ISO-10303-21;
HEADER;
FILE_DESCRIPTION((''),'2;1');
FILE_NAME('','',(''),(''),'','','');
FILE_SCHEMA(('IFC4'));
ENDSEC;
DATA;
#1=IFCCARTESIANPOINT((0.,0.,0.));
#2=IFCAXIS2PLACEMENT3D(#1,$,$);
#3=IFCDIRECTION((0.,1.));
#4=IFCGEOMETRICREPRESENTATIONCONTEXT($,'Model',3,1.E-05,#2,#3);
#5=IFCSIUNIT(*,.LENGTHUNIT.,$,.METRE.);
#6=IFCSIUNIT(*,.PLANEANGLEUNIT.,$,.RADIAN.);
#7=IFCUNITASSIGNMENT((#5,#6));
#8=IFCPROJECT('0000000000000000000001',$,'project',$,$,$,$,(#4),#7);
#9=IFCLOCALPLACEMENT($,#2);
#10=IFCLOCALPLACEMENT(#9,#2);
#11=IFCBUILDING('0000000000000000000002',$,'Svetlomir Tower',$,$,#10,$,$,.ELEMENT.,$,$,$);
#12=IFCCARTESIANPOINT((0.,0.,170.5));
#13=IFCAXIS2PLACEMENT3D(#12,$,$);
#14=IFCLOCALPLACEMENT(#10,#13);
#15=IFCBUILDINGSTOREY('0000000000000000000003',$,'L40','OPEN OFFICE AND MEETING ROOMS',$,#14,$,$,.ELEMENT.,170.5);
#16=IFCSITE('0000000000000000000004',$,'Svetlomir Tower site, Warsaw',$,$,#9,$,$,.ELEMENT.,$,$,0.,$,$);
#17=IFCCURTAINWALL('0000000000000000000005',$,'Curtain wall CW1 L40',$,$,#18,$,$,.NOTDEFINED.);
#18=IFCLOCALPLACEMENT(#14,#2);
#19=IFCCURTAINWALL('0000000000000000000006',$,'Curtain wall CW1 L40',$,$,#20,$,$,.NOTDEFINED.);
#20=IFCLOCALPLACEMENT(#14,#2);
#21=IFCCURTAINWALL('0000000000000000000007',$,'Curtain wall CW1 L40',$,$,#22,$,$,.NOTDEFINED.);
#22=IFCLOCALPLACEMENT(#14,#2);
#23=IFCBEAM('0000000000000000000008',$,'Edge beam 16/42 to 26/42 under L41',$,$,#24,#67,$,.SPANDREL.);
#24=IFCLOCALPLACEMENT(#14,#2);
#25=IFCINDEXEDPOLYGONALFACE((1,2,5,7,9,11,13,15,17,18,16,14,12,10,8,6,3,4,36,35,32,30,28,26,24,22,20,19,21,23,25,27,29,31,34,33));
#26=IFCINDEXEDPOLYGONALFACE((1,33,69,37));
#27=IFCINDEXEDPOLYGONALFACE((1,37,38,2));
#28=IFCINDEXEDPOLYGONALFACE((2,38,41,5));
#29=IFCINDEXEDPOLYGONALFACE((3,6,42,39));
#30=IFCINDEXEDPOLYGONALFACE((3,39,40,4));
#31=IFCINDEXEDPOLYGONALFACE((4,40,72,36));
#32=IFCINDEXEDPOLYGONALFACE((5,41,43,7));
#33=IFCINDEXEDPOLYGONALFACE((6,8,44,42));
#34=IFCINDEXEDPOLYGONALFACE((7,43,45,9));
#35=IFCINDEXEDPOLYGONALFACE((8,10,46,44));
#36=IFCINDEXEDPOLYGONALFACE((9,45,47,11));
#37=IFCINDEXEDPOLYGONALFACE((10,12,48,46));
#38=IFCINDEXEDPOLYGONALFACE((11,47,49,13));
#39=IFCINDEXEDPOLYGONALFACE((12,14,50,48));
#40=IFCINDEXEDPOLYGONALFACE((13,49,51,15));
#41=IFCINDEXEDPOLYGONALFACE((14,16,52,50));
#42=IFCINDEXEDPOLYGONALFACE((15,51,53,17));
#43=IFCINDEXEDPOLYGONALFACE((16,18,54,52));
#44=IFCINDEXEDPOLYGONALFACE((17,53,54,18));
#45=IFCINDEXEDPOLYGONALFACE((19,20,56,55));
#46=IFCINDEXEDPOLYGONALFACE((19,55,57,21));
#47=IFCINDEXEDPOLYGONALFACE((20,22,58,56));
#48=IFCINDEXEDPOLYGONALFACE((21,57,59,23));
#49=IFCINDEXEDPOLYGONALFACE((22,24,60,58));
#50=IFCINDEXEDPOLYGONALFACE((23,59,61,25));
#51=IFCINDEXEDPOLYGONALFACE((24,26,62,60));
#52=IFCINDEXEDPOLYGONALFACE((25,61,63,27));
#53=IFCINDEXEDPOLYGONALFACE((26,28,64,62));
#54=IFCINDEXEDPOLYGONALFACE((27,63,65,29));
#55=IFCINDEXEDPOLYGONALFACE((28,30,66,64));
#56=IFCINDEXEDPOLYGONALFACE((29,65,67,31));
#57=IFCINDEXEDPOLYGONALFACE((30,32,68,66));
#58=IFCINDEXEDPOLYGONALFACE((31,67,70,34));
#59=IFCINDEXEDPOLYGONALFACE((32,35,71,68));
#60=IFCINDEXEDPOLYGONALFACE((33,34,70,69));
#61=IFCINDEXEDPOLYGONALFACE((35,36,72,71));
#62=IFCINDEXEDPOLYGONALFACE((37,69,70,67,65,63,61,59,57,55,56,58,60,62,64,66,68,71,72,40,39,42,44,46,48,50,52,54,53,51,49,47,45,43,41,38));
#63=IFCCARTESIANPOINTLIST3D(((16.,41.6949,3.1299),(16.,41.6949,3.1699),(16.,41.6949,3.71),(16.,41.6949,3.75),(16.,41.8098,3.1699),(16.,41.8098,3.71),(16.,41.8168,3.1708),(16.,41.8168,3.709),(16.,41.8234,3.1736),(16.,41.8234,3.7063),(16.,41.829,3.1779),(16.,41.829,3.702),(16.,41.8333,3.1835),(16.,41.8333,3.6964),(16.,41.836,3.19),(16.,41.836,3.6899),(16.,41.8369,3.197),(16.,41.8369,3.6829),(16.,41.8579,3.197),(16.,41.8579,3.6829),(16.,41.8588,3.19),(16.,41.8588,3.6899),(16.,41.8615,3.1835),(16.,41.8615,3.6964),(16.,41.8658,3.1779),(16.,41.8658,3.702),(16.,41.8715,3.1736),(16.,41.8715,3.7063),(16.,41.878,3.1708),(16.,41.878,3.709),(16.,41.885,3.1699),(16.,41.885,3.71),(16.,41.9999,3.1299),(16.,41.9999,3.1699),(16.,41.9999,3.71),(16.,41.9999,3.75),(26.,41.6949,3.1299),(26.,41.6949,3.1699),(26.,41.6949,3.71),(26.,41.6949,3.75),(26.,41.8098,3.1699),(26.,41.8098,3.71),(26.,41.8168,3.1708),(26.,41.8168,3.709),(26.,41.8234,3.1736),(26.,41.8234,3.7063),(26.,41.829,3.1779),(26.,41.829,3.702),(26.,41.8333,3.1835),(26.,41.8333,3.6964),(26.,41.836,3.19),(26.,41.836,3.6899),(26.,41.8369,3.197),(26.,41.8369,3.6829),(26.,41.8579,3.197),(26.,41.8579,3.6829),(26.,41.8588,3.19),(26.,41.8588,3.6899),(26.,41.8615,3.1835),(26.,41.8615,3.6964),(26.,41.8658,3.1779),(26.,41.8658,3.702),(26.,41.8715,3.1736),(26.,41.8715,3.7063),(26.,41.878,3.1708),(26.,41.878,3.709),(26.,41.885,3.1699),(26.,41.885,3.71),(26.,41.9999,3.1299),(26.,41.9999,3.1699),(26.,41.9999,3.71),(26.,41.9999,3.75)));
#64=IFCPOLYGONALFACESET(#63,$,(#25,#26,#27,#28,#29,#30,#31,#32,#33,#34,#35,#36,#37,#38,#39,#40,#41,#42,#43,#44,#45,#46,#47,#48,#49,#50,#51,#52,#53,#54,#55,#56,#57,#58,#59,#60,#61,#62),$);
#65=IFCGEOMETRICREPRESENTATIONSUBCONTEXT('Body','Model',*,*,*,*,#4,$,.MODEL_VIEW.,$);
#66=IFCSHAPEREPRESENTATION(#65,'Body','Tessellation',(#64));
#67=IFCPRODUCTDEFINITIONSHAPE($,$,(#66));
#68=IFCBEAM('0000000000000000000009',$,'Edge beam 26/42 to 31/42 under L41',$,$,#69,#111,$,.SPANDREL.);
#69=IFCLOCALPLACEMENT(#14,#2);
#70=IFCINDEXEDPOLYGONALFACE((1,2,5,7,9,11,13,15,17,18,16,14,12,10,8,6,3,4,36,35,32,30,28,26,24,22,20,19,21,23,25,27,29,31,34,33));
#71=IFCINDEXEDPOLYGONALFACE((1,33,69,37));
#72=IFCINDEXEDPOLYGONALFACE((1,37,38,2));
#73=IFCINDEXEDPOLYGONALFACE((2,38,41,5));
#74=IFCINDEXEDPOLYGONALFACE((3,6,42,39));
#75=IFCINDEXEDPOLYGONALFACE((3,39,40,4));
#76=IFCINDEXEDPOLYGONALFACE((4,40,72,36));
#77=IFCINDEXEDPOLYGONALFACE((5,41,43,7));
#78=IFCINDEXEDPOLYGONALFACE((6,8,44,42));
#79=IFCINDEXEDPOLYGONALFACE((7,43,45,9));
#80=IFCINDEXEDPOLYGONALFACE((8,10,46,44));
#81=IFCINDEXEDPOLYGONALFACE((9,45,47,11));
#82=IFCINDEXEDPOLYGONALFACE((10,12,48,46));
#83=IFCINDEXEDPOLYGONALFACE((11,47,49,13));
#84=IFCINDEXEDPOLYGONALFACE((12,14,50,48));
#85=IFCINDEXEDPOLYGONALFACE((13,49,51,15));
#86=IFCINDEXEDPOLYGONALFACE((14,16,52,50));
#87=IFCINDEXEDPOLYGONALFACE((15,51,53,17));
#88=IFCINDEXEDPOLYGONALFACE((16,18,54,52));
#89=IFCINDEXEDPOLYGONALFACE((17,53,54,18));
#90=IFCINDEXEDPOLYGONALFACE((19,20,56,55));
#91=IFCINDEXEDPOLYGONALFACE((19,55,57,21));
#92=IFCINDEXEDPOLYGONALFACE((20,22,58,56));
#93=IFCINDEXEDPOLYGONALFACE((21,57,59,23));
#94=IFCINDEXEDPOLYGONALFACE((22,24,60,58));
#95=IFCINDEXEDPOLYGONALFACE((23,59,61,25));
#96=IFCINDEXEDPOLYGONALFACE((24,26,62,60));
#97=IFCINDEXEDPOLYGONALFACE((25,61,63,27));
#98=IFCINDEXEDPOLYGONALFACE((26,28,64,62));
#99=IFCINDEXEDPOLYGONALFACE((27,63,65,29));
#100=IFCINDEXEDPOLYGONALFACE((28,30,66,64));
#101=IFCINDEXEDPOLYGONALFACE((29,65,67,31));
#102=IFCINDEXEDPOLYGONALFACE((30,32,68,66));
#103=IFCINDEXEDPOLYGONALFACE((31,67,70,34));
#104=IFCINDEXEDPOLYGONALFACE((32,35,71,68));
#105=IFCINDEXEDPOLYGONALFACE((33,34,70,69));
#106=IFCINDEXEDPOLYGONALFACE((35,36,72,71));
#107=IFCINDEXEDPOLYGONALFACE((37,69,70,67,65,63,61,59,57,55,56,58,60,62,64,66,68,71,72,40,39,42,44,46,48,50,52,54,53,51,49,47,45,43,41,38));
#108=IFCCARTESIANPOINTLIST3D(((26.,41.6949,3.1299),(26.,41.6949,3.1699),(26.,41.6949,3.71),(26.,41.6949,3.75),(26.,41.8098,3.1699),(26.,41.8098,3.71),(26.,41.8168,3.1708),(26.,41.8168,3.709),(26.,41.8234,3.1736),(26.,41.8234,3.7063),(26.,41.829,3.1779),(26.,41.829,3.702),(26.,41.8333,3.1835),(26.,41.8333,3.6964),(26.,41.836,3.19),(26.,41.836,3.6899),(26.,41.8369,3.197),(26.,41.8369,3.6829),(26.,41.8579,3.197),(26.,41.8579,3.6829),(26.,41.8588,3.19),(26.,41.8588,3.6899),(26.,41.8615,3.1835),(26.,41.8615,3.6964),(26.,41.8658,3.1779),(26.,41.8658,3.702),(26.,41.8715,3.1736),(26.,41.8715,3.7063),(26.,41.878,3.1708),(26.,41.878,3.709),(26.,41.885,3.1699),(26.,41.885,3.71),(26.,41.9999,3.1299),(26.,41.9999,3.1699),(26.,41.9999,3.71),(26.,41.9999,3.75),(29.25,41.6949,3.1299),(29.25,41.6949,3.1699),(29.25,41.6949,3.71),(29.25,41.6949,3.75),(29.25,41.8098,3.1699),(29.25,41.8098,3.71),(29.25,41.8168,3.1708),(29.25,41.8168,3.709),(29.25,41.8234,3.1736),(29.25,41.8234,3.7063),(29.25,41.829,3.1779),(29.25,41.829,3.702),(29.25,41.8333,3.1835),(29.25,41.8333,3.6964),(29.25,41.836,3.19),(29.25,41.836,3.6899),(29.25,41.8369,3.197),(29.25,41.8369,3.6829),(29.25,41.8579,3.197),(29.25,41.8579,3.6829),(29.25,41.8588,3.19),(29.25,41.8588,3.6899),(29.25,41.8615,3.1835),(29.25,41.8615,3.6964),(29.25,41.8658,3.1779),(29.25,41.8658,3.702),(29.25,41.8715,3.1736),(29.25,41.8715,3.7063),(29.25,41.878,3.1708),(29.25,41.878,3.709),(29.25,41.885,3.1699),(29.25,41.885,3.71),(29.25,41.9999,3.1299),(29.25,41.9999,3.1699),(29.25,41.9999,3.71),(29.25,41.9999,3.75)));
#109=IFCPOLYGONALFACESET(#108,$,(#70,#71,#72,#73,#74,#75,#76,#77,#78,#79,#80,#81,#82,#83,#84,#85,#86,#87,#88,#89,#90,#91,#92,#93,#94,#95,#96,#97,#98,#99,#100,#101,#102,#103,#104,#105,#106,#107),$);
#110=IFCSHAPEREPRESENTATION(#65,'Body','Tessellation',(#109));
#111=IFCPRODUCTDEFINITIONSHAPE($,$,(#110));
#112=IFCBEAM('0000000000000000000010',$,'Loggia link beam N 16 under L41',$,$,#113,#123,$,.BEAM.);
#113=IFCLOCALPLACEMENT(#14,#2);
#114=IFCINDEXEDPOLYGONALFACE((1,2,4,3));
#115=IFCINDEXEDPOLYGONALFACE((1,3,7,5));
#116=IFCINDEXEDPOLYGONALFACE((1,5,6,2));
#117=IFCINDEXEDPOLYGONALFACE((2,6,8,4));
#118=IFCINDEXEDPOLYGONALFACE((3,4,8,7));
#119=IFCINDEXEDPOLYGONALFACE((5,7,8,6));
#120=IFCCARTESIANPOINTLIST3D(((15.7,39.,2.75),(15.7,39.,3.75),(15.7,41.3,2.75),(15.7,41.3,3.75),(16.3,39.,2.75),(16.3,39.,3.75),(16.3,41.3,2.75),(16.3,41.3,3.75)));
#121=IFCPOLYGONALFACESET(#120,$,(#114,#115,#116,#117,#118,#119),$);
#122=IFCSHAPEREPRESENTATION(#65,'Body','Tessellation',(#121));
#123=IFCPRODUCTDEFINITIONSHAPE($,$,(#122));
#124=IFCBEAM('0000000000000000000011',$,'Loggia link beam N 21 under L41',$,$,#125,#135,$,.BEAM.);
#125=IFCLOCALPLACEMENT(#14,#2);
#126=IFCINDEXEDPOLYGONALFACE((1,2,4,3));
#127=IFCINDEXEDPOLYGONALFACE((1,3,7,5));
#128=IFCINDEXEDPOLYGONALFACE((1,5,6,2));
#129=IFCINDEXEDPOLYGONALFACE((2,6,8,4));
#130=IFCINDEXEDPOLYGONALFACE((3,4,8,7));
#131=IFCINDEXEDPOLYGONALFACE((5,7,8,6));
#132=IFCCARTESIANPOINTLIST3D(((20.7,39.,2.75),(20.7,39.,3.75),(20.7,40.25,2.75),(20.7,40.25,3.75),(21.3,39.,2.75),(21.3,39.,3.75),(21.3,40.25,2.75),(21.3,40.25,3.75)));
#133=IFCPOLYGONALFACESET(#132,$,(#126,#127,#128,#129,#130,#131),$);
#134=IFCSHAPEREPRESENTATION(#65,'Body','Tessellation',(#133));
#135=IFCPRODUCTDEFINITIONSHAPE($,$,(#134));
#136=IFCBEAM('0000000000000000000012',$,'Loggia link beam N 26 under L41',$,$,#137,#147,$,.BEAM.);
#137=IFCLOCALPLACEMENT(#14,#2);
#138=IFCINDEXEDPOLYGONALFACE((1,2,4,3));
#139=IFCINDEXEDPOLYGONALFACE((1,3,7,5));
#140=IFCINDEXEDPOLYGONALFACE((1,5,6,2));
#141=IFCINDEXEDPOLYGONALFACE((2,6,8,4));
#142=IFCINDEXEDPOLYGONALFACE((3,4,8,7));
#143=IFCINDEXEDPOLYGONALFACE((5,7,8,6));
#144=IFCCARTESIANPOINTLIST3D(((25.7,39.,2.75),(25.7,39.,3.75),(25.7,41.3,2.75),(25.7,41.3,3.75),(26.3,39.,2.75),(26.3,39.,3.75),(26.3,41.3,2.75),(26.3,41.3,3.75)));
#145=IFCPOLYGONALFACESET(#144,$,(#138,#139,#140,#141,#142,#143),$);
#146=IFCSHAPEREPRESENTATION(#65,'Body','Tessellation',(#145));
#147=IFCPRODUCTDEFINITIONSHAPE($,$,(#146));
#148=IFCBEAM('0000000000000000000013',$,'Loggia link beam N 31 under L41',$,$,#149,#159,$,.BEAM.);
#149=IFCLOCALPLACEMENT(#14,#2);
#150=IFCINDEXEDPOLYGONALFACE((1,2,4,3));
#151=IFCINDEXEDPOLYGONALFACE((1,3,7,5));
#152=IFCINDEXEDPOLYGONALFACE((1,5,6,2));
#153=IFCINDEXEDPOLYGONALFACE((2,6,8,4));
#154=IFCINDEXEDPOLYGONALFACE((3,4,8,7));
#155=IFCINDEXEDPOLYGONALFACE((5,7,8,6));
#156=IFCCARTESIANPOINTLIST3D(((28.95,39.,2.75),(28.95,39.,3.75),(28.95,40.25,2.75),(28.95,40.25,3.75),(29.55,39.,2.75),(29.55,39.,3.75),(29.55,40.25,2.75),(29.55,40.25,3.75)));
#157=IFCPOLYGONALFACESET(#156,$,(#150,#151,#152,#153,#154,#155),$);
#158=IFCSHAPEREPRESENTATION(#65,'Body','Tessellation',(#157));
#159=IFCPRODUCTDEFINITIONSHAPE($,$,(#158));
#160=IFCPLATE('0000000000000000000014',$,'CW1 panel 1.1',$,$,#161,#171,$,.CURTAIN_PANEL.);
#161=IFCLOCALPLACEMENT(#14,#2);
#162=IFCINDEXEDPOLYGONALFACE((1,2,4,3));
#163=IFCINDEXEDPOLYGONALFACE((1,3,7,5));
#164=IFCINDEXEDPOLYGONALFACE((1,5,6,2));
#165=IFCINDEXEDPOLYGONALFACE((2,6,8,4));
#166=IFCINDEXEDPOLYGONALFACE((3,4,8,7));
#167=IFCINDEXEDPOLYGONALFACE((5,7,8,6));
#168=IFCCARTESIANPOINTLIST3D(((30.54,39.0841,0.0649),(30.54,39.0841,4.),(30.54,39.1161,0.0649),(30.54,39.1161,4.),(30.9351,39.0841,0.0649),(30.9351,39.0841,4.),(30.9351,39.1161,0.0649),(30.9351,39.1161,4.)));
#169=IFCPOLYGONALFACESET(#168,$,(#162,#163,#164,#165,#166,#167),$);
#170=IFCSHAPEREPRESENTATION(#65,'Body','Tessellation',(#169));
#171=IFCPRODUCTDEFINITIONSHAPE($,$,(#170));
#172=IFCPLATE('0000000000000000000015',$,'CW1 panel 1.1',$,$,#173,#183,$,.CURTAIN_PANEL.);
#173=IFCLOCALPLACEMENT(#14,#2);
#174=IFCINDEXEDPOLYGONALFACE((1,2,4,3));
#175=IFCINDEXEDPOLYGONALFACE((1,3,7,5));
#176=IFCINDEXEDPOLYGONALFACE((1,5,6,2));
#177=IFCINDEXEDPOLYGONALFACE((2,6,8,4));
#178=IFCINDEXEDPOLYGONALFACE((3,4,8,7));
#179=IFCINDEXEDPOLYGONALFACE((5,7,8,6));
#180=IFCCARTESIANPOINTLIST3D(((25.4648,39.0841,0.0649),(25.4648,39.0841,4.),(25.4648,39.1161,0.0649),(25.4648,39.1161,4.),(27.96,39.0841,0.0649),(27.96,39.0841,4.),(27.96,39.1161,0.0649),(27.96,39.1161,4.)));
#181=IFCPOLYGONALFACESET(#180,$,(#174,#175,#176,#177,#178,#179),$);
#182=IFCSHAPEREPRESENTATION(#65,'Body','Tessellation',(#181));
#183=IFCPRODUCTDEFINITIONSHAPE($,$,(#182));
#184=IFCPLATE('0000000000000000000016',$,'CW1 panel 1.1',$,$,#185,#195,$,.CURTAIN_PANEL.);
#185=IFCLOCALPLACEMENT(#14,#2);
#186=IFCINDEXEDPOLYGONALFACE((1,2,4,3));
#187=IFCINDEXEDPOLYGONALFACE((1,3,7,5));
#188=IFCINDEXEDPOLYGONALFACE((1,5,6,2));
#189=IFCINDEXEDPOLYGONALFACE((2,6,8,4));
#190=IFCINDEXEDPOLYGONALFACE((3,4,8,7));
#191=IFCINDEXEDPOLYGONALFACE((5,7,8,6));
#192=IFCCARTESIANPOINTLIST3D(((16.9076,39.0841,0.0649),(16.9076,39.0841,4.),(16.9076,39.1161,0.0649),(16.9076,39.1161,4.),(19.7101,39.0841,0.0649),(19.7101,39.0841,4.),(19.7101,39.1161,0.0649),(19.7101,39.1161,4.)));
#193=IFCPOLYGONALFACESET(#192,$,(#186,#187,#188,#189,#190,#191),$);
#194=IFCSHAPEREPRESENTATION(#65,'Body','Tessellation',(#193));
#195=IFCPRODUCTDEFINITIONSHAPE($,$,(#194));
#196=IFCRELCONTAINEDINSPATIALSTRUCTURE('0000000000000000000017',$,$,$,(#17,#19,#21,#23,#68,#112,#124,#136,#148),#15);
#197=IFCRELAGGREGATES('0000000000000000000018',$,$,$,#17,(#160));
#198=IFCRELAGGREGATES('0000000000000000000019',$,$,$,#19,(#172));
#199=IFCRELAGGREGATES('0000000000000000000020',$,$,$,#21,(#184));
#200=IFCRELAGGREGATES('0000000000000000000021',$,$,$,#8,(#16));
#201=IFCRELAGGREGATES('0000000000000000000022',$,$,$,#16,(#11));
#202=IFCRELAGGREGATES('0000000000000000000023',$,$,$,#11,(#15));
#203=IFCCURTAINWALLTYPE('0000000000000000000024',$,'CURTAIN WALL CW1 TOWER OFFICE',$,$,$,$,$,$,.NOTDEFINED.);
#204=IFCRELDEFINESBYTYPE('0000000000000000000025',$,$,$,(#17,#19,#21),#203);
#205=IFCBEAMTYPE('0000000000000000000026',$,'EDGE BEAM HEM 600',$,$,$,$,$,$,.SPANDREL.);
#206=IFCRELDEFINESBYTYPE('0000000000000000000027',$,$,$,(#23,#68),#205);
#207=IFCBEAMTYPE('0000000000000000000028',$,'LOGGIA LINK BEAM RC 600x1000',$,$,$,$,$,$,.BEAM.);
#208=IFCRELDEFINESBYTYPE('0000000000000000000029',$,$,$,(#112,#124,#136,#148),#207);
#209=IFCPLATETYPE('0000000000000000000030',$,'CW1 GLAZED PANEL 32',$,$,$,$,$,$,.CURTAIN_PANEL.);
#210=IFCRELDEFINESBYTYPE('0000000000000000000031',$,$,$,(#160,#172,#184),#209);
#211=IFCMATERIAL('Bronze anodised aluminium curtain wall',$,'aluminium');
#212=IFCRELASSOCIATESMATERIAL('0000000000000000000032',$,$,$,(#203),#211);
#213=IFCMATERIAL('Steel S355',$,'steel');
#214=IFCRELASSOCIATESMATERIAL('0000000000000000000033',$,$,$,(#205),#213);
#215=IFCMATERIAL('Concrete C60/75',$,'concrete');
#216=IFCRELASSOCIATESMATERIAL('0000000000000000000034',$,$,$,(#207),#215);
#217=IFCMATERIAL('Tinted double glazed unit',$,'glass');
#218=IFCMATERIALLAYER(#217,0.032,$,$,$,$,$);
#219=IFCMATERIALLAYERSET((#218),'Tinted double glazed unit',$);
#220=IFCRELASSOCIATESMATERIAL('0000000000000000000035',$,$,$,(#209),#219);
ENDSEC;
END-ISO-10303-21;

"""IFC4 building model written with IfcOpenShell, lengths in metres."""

from ifc_helpers import new_model, si_unit, direction, frame, origin, origin_2d, place, context, subcontext, project, spatial, rectangle, i_section, extrude, material, layer, layer_set, material_profile, profile_set, type_object, element, aggregate, save


model = new_model("IFC4")

# Units and contexts
model_context = context("Model", 3, precision=1e-05, world=origin(), true_north=direction((0.0, 1.0)))
body_context = subcontext(model_context, "Body", "Model", "MODEL_VIEW")
ifc_project = project(units=[si_unit("LENGTHUNIT", "METRE"), si_unit("PLANEANGLEUNIT", "RADIAN")], contexts=[model_context])

# Site, building, storey
site_placement = place(None, origin())
site = spatial("IfcSite", under=ifc_project, at=site_placement, Name="Svetlomir Tower site, Warsaw", CompositionType="ELEMENT", RefElevation=0.0)
building_placement = place(site_placement, origin())
building = spatial("IfcBuilding", under=site, at=building_placement, Name="Svetlomir Tower", CompositionType="ELEMENT")
storey_placement = place(building_placement, frame((0.0, 0.0, 170.5)))
storey = spatial("IfcBuildingStorey", under=building, at=storey_placement, Name="L40", Description="OPEN OFFICE AND MEETING ROOMS", CompositionType="ELEMENT", Elevation=170.5)

# Curtain wall
ifc_material_1 = material(Name="Bronze anodised aluminium curtain wall", Category="aluminium")
curtain_wall_type = type_object("IfcCurtainWallType", Name="CURTAIN WALL CW1 TOWER OFFICE", PredefinedType="NOTDEFINED", material=ifc_material_1)
curtain_wall_1_placement = place(storey_placement, origin())
curtain_wall_1 = element("IfcCurtainWall", 1, at=curtain_wall_1_placement, inside=storey, type_object=curtain_wall_type, Name="Curtain wall CW1 L40", PredefinedType="NOTDEFINED")

# Curtain walls
curtain_wall_2_placement = place(storey_placement, origin())
curtain_wall_2 = element("IfcCurtainWall", 2, at=curtain_wall_2_placement, inside=storey, type_object=curtain_wall_type, Name="Curtain wall CW1 L40", PredefinedType="NOTDEFINED")
curtain_wall_3_placement = place(storey_placement, origin())
curtain_wall_3 = element("IfcCurtainWall", 3, at=curtain_wall_3_placement, inside=storey, type_object=curtain_wall_type, Name="Curtain wall CW1 L40", PredefinedType="NOTDEFINED")

# Beams
ifc_material_2 = material(Name="Steel S355", Category="steel")
ifc_material_profile_1 = material_profile(ifc_material_2, i_section(OverallWidth=0.3049, OverallDepth=0.6201, WebThickness=0.021, FlangeThickness=0.04, FilletRadius=0.0271, at=origin_2d()), Name="HEM 600")
ifc_profile_set_1 = profile_set([ifc_material_profile_1], Name="Steel S355")
beam_type_1 = type_object("IfcBeamType", Name="EDGE BEAM HEM 600", PredefinedType="SPANDREL", material=ifc_profile_set_1)
beam_1_placement = place(storey_placement, frame((16.0, 41.8474, 3.4399), z_axis=(1.0, 0.0, 0.0), x_axis=(0.0, 1.0, 0.0)))
element("IfcBeam", 4, at=beam_1_placement, inside=storey, type_object=beam_type_1, Name="Edge beam 16/42 to 26/42 under L41", PredefinedType="SPANDREL", context=body_context, shape_type="SweptSolid", body=[
    extrude(i_section(OverallWidth=0.3049, OverallDepth=0.6201, WebThickness=0.021, FlangeThickness=0.04, FilletRadius=0.0271, at=origin_2d()), origin(), (0.0, 0.0, 1.0), 10.0),
])
beam_2_placement = place(storey_placement, frame((26.0, 41.8474, 3.4399), z_axis=(1.0, 0.0, 0.0), x_axis=(0.0, 1.0, 0.0)))
element("IfcBeam", 5, at=beam_2_placement, inside=storey, type_object=beam_type_1, Name="Edge beam 26/42 to 31/42 under L41", PredefinedType="SPANDREL", context=body_context, shape_type="SweptSolid", body=[
    extrude(i_section(OverallWidth=0.3049, OverallDepth=0.6201, WebThickness=0.021, FlangeThickness=0.04, FilletRadius=0.0271, at=origin_2d()), origin(), (0.0, 0.0, 1.0), 3.25),
])
ifc_material_3 = material(Name="Concrete C60/75", Category="concrete")
ifc_material_profile_2 = material_profile(ifc_material_3, rectangle(XDim=0.6001, YDim=1.0, at=origin_2d()), Name="RC 600x1000")
ifc_profile_set_2 = profile_set([ifc_material_profile_2], Name="Concrete C60/75")
beam_type_2 = type_object("IfcBeamType", Name="LOGGIA LINK BEAM RC 600x1000", PredefinedType="BEAM", material=ifc_profile_set_2)
beam_3_placement = place(storey_placement, frame((16.0, 41.3, 3.25), z_axis=(0.0, -1.0, 0.0), x_axis=(1.0, 0.0, 0.0)))
element("IfcBeam", 6, at=beam_3_placement, inside=storey, type_object=beam_type_2, Name="Loggia link beam N 16 under L41", PredefinedType="BEAM", context=body_context, shape_type="SweptSolid", body=[
    extrude(rectangle(XDim=0.6001, YDim=1.0, at=origin_2d()), origin(), (0.0, 0.0, 1.0), 2.3),
])
beam_4_placement = place(storey_placement, frame((21.0, 40.25, 3.25), z_axis=(0.0, -1.0, 0.0), x_axis=(1.0, 0.0, 0.0)))
element("IfcBeam", 7, at=beam_4_placement, inside=storey, type_object=beam_type_2, Name="Loggia link beam N 21 under L41", PredefinedType="BEAM", context=body_context, shape_type="SweptSolid", body=[
    extrude(rectangle(XDim=0.6001, YDim=1.0, at=origin_2d()), origin(), (0.0, 0.0, 1.0), 1.25),
])
beam_5_placement = place(storey_placement, frame((26.0, 41.3, 3.25), z_axis=(0.0, -1.0, 0.0), x_axis=(1.0, 0.0, 0.0)))
element("IfcBeam", 8, at=beam_5_placement, inside=storey, type_object=beam_type_2, Name="Loggia link beam N 26 under L41", PredefinedType="BEAM", context=body_context, shape_type="SweptSolid", body=[
    extrude(rectangle(XDim=0.6001, YDim=1.0, at=origin_2d()), origin(), (0.0, 0.0, 1.0), 2.3),
])
beam_6_placement = place(storey_placement, frame((29.25, 40.25, 3.25), z_axis=(0.0, -1.0, 0.0), x_axis=(1.0, 0.0, 0.0)))
element("IfcBeam", 9, at=beam_6_placement, inside=storey, type_object=beam_type_2, Name="Loggia link beam N 31 under L41", PredefinedType="BEAM", context=body_context, shape_type="SweptSolid", body=[
    extrude(rectangle(XDim=0.6001, YDim=1.0, at=origin_2d()), origin(), (0.0, 0.0, 1.0), 1.25),
])

# Plates
ifc_material_4 = material(Name="Tinted double glazed unit", Category="glass")
ifc_layer_1 = layer(ifc_material_4, 0.032)
ifc_layer_set_1 = layer_set([ifc_layer_1], Name="Tinted double glazed unit")
plate_type = type_object("IfcPlateType", Name="CW1 GLAZED PANEL 32", PredefinedType="CURTAIN_PANEL", material=ifc_layer_set_1)
plate_1_placement = place(storey_placement, frame((30.7375, 39.1001, 0.0649), z_axis=(0.0, 0.0, 1.0), x_axis=(-1.0, 0.0, 0.0)))
plate_1 = element("IfcPlate", 10, at=plate_1_placement, type_object=plate_type, Name="CW1 panel 1.1", PredefinedType="CURTAIN_PANEL", context=body_context, shape_type="SweptSolid", body=[
    extrude(rectangle(XDim=0.395, YDim=0.032, at=origin_2d()), origin(), (0.0, 0.0, 1.0), 3.9351),
])
aggregate(curtain_wall_1, [plate_1])
plate_2_placement = place(storey_placement, frame((26.7124, 39.1001, 0.0649), z_axis=(0.0, 0.0, 1.0), x_axis=(-1.0, 0.0, 0.0)))
plate_2 = element("IfcPlate", 11, at=plate_2_placement, type_object=plate_type, Name="CW1 panel 1.1", PredefinedType="CURTAIN_PANEL", context=body_context, shape_type="SweptSolid", body=[
    extrude(rectangle(XDim=2.4951, YDim=0.032, at=origin_2d()), origin(), (0.0, 0.0, 1.0), 3.9351),
])
aggregate(curtain_wall_2, [plate_2])
plate_3_placement = place(storey_placement, frame((18.3088, 39.1001, 0.0649), z_axis=(0.0, 0.0, 1.0), x_axis=(-1.0, 0.0, 0.0)))
plate_3 = element("IfcPlate", 12, at=plate_3_placement, type_object=plate_type, Name="CW1 panel 1.1", PredefinedType="CURTAIN_PANEL", context=body_context, shape_type="SweptSolid", body=[
    extrude(rectangle(XDim=2.8025, YDim=0.032, at=origin_2d()), origin(), (0.0, 0.0, 1.0), 3.9351),
])
aggregate(curtain_wall_3, [plate_3])

save(model, "model.ifc")
